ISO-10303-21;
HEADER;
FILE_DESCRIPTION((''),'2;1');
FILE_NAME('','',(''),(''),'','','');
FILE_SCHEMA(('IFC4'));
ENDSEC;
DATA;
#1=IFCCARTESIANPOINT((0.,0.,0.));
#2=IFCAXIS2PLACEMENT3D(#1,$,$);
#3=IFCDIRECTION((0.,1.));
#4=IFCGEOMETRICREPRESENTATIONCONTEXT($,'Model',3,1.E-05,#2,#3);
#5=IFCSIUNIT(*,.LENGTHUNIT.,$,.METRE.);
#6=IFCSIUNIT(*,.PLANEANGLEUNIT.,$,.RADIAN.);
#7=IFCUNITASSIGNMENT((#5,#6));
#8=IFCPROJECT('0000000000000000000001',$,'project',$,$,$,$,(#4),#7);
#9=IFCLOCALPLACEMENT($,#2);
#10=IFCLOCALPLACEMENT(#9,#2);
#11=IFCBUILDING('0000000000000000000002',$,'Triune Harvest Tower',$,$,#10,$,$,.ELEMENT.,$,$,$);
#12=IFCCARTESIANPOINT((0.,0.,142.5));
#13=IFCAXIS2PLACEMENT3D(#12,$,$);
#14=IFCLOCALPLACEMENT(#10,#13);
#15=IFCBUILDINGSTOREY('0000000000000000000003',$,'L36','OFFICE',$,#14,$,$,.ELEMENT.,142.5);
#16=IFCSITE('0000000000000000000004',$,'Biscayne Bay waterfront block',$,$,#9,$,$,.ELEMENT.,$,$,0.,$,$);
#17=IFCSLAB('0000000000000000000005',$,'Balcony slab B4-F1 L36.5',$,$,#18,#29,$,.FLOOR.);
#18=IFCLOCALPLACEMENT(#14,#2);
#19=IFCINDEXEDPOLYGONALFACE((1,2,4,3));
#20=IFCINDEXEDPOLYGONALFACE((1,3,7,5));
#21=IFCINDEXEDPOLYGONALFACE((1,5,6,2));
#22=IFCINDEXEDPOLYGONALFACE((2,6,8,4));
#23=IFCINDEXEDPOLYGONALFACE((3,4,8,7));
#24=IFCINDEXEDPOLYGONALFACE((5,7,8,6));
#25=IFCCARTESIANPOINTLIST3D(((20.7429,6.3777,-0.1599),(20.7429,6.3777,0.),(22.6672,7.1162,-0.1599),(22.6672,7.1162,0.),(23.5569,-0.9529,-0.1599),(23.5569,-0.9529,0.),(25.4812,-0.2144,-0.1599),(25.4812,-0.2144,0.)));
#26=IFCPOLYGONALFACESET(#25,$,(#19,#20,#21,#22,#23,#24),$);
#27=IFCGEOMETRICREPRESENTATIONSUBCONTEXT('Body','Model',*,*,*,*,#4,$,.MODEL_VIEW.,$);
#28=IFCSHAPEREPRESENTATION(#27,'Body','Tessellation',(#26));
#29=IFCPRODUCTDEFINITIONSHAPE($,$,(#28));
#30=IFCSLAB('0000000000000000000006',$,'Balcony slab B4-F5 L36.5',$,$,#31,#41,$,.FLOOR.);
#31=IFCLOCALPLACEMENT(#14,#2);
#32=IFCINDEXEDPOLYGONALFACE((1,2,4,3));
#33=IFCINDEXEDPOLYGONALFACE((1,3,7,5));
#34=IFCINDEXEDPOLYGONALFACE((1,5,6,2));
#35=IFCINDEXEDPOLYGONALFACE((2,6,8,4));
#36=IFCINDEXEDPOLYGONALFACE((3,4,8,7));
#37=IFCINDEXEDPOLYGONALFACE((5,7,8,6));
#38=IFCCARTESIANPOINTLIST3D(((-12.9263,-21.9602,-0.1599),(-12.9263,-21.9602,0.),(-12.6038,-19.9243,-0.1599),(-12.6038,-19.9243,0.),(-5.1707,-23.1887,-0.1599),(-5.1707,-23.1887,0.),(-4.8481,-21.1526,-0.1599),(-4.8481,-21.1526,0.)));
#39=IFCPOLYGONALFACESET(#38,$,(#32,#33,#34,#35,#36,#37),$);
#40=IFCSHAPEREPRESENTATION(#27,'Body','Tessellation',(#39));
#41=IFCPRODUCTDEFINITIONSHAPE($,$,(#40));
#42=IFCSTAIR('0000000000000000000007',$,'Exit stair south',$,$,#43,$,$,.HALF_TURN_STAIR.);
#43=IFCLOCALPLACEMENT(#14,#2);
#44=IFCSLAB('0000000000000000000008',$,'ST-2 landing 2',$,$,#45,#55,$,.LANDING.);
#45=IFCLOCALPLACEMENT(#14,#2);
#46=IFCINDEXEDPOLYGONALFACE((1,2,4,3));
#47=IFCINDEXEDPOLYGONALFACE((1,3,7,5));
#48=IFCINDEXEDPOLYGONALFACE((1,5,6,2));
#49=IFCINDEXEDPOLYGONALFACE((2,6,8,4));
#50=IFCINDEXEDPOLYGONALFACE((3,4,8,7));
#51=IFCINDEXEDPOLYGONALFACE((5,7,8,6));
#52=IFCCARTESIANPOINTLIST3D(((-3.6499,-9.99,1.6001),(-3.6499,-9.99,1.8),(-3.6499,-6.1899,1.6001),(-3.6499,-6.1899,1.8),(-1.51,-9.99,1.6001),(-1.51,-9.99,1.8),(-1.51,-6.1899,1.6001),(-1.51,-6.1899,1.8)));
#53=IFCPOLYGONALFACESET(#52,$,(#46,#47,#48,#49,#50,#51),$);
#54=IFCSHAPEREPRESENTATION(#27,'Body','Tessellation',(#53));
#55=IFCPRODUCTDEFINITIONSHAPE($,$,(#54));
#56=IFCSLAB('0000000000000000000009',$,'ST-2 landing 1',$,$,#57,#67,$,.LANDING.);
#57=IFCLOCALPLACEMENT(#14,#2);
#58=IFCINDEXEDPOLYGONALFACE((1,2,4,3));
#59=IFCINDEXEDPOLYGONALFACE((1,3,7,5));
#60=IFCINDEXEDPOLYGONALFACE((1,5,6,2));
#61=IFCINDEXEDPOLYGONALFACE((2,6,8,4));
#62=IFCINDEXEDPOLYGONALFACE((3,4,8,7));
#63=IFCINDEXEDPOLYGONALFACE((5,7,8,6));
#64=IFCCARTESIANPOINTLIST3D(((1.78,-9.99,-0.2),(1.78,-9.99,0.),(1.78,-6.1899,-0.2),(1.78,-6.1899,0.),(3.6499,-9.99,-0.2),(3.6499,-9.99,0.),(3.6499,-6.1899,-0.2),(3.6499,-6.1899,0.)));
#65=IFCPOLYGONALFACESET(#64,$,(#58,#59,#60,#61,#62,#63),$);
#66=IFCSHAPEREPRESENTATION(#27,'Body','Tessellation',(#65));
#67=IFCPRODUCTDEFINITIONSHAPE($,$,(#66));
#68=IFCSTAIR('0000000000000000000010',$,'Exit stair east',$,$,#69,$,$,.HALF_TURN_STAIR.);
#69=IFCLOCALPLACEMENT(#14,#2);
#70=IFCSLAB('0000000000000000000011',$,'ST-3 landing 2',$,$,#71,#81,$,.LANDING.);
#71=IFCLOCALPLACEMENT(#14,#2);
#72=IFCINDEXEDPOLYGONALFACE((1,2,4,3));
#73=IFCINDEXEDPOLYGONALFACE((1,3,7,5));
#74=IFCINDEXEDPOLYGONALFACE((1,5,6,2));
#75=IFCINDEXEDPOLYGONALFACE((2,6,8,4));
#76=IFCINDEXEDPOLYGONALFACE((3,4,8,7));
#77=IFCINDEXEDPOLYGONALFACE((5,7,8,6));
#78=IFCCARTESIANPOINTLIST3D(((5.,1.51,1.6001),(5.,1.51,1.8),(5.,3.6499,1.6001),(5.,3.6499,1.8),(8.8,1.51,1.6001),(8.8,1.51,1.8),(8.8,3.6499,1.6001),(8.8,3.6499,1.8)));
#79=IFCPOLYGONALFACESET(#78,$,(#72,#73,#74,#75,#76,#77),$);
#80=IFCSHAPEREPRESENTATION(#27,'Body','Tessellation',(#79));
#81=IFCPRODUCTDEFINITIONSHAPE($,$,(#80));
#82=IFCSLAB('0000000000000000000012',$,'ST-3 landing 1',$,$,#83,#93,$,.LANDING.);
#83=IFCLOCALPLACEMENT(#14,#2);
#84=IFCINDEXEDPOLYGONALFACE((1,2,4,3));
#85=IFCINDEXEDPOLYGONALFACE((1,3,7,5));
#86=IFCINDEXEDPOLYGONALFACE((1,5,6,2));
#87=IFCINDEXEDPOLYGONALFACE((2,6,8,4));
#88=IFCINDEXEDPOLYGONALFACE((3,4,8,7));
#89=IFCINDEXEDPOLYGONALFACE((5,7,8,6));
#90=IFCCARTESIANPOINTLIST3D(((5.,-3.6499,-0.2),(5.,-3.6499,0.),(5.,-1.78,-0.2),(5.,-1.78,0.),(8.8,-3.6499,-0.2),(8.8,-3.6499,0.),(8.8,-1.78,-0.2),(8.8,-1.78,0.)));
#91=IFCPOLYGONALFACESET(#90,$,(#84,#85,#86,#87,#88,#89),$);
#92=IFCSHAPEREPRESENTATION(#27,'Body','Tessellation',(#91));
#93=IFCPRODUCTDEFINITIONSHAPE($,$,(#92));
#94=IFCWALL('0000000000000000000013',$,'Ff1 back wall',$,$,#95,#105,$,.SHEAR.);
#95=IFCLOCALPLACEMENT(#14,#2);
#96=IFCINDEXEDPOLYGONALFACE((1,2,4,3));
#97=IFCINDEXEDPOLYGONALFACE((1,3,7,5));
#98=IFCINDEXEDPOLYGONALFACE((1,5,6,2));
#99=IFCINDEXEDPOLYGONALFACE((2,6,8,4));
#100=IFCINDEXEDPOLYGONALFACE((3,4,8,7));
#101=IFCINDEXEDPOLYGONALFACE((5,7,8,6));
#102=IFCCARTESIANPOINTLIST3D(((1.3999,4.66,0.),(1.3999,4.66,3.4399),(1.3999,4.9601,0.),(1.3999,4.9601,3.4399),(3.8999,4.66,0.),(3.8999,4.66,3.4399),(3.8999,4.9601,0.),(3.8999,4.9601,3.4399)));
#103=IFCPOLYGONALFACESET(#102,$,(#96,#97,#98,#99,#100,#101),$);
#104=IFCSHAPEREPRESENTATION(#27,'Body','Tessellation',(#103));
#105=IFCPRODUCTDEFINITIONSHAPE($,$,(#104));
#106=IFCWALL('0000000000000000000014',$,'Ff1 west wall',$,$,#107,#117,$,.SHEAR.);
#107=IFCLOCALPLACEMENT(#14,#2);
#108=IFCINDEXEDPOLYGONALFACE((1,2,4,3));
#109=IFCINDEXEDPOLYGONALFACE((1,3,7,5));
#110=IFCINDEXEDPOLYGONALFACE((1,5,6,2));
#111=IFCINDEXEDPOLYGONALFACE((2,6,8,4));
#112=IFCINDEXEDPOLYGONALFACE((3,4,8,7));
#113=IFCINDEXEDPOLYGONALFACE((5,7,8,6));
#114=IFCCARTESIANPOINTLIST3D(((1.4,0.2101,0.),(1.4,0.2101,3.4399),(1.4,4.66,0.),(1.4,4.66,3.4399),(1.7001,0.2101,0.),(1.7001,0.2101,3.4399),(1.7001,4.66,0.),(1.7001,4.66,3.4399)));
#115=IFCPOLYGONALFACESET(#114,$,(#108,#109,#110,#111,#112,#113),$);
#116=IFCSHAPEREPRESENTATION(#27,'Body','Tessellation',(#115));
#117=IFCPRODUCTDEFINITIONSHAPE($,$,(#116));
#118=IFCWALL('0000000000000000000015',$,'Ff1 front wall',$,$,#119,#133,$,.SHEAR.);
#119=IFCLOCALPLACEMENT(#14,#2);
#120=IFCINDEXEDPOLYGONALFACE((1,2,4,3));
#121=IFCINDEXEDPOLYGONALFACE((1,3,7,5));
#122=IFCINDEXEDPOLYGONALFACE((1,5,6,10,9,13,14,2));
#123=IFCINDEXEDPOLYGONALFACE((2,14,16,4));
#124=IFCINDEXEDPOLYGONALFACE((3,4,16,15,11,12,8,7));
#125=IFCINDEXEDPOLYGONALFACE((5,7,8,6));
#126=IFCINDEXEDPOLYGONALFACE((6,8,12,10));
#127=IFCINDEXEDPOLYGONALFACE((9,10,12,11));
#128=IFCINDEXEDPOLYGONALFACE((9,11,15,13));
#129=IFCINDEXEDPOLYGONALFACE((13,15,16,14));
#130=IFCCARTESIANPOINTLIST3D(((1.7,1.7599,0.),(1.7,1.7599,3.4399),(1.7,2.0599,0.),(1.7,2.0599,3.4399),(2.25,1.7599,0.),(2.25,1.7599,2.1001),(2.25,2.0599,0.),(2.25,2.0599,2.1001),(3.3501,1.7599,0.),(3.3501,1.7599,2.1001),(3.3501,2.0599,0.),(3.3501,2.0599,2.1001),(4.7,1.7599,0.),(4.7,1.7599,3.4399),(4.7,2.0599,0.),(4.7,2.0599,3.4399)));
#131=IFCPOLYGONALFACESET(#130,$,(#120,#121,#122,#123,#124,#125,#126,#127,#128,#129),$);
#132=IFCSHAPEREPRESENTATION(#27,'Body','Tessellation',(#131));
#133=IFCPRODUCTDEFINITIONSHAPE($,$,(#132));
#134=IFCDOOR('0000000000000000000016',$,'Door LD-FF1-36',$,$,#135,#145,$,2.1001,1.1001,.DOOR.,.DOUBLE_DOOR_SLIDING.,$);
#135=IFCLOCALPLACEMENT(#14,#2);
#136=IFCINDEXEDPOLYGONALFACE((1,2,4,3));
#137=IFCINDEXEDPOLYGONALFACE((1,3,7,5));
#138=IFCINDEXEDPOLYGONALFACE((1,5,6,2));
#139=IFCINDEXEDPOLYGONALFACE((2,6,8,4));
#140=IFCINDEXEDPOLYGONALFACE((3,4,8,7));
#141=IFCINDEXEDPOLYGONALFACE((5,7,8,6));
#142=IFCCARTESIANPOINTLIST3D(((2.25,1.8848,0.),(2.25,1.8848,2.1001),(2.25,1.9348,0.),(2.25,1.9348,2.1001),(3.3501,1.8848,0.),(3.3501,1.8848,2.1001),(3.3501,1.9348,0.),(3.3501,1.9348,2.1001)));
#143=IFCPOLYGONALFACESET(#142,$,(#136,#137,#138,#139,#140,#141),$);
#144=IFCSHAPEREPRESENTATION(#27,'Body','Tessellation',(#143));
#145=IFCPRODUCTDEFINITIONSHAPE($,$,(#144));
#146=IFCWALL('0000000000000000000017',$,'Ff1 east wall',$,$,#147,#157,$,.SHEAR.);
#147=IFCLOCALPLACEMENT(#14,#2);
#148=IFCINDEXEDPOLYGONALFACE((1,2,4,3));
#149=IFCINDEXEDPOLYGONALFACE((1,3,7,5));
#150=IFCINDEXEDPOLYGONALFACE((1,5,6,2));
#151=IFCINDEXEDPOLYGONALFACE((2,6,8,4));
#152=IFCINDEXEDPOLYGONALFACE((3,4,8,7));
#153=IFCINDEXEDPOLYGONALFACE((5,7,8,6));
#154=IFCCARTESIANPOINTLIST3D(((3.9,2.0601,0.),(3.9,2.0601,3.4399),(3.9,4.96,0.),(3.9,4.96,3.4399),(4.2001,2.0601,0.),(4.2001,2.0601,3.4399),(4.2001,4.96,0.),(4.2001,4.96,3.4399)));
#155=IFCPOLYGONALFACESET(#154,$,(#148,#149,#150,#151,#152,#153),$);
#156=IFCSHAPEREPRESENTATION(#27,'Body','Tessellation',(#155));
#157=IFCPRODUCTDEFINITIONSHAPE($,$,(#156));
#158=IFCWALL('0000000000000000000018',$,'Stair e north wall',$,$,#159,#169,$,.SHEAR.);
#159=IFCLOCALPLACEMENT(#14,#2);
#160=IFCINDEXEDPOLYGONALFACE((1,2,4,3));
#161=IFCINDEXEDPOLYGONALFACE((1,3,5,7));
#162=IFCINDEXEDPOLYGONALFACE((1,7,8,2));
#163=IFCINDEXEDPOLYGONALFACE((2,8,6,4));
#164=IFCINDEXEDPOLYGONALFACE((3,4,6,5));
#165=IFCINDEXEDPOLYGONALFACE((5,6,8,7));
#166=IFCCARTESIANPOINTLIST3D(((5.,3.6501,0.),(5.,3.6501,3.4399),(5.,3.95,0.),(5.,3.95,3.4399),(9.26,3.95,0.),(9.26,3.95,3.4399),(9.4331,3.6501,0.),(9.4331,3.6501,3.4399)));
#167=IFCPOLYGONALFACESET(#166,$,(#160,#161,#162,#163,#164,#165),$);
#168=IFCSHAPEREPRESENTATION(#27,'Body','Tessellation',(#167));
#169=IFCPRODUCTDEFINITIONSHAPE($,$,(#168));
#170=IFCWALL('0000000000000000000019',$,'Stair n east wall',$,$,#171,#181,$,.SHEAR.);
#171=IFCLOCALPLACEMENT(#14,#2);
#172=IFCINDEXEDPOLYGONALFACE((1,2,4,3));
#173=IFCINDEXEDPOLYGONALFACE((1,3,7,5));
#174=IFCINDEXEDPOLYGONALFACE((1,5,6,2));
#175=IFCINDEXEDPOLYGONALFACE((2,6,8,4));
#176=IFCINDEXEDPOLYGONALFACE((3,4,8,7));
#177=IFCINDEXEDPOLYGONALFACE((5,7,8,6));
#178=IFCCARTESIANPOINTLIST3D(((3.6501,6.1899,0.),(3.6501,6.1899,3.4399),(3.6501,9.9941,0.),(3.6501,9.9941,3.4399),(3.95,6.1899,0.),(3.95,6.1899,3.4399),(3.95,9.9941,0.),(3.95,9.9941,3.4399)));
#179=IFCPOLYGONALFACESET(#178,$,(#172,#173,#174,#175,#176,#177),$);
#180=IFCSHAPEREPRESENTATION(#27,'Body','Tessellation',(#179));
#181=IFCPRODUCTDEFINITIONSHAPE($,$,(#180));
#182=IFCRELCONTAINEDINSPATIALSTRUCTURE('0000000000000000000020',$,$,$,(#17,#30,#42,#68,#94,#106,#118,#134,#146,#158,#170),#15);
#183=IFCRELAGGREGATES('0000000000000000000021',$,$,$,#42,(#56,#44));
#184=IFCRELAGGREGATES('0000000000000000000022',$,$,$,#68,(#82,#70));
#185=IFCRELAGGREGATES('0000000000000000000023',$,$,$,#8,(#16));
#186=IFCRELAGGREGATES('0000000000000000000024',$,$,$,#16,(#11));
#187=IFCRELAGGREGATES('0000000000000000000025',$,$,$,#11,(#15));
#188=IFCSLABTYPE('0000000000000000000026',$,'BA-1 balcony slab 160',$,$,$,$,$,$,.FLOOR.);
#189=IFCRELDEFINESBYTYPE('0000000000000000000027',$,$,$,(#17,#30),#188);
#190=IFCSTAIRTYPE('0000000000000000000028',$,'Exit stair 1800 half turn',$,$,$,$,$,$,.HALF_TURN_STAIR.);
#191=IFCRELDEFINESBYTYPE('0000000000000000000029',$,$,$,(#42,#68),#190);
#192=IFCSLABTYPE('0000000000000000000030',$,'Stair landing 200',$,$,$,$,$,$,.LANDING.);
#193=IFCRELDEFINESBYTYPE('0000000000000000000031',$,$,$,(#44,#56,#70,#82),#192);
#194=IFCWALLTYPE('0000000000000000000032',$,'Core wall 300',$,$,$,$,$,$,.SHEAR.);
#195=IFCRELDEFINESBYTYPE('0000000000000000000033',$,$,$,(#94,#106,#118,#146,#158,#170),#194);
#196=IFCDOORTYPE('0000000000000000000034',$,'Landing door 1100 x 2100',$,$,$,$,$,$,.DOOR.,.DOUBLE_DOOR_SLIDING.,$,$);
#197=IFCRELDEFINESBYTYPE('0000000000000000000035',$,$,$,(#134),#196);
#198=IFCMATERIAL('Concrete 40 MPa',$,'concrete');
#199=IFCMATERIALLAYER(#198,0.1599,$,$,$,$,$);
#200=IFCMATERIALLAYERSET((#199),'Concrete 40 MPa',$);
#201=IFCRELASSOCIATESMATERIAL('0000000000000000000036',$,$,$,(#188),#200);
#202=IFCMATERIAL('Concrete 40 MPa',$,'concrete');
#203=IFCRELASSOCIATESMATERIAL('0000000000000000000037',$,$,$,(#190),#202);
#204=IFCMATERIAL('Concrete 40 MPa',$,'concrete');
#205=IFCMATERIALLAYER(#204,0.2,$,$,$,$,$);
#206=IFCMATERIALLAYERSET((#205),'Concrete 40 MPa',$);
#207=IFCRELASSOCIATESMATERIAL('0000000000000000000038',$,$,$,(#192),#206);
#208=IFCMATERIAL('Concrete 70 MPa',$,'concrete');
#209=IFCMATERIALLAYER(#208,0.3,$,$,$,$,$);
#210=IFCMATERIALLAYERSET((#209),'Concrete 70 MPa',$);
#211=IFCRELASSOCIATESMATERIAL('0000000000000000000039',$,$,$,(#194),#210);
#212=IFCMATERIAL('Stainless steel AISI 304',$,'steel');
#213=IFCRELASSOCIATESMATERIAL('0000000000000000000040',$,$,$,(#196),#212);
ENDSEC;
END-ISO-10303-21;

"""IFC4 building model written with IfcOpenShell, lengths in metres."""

from ifc_helpers import new_model, si_unit, direction, frame, frame_2d, origin, place, context, subcontext, project, spatial, polyline, rectangle, outline, extrude, source, transform, mapped, material, layer, layer_set, type_object, element, fill, aggregate, save


model = new_model("IFC4")

# Units and contexts
model_context = context("Model", 3, precision=1e-05, world=origin(), true_north=direction((0.0, 1.0)))
body_context = subcontext(model_context, "Body", "Model", "MODEL_VIEW")
ifc_project = project(units=[si_unit("LENGTHUNIT", "METRE"), si_unit("PLANEANGLEUNIT", "RADIAN")], contexts=[model_context])

# Site, building, storey
site_placement = place(None, origin())
site = spatial("IfcSite", under=ifc_project, at=site_placement, Name="Biscayne Bay waterfront block", CompositionType="ELEMENT", RefElevation=0.0)
building_placement = place(site_placement, origin())
building = spatial("IfcBuilding", under=site, at=building_placement, Name="Triune Harvest Tower", CompositionType="ELEMENT")
storey_placement = place(building_placement, frame((0.0, 0.0, 142.5)))
storey = spatial("IfcBuildingStorey", under=building, at=storey_placement, Name="L36", Description="OFFICE", CompositionType="ELEMENT", Elevation=142.5)

# Slabs
ifc_material_1 = material(Name="Concrete 40 MPa", Category="concrete")
ifc_layer_1 = layer(ifc_material_1, 0.1599)
ifc_layer_set_1 = layer_set([ifc_layer_1], Name="Concrete 40 MPa")
slab_type_1 = type_object("IfcSlabType", Name="BA-1 balcony slab 160", PredefinedType="FLOOR", material=ifc_layer_set_1)
slab_1_placement = place(storey_placement, frame((0.0, 0.0, -0.1599)))
element("IfcSlab", 1, at=slab_1_placement, inside=storey, type_object=slab_type_1, Name="Balcony slab B4-F1 L36.5", PredefinedType="FLOOR", context=body_context, shape_type="SweptSolid", body=[
    extrude(outline(polyline([(23.5569, -0.9529), (20.7429, 6.3777), (22.6672, 7.1162), (25.4812, -0.2144), (23.5569, -0.9529)])), origin(), (0.0, 0.0, 1.0), 0.1599),
])
slab_2_placement = place(storey_placement, frame((0.0, 0.0, -0.1599)))
element("IfcSlab", 2, at=slab_2_placement, inside=storey, type_object=slab_type_1, Name="Balcony slab B4-F5 L36.5", PredefinedType="FLOOR", context=body_context, shape_type="SweptSolid", body=[
    extrude(outline(polyline([(-12.6038, -19.9243), (-4.8481, -21.1526), (-5.1707, -23.1887), (-12.9263, -21.9602), (-12.6038, -19.9243)])), origin(), (0.0, 0.0, 1.0), 0.1599),
])

# Stairs, slabs
ifc_material_2 = material(Name="Concrete 40 MPa", Category="concrete")
stair_type = type_object("IfcStairType", Name="Exit stair 1800 half turn", PredefinedType="HALF_TURN_STAIR", material=ifc_material_2)
stair_1_placement = place(storey_placement, origin())
stair_1 = element("IfcStair", 3, at=stair_1_placement, inside=storey, type_object=stair_type, Name="Exit stair south", PredefinedType="HALF_TURN_STAIR")
ifc_material_3 = material(Name="Concrete 40 MPa", Category="concrete")
ifc_layer_2 = layer(ifc_material_3, 0.2)
ifc_layer_set_2 = layer_set([ifc_layer_2], Name="Concrete 40 MPa")
slab_type_2 = type_object("IfcSlabType", Name="Stair landing 200", PredefinedType="LANDING", material=ifc_layer_set_2)
shared_shape_1 = source(origin(), body_context, "Body", "SweptSolid", [
    extrude(outline(polyline([(-1.51, -6.1899), (-3.6499, -6.1899), (-3.6499, -9.99), (-1.51, -9.99), (-1.51, -6.1899)])), origin(), (0.0, 0.0, 1.0), 0.2),
])
slab_3_placement = place(storey_placement, frame((0.0, 0.0, 1.6001)))
slab_3 = element("IfcSlab", 4, at=slab_3_placement, type_object=slab_type_2, Name="ST-2 landing 2", PredefinedType="LANDING", context=body_context, shape_type="MappedRepresentation", body=[
    mapped(shared_shape_1, transform((0.0, 0.0, 0.0), scale=1.0)),
])
shared_shape_2 = source(origin(), body_context, "Body", "SweptSolid", [
    extrude(outline(polyline([(3.6499, -6.1899), (1.78, -6.1899), (1.78, -9.99), (3.6499, -9.99), (3.6499, -6.1899)])), origin(), (0.0, 0.0, 1.0), 0.2),
])
slab_4_placement = place(storey_placement, frame((0.0, 0.0, -0.2)))
slab_4 = element("IfcSlab", 5, at=slab_4_placement, type_object=slab_type_2, Name="ST-2 landing 1", PredefinedType="LANDING", context=body_context, shape_type="MappedRepresentation", body=[
    mapped(shared_shape_2, transform((0.0, 0.0, 0.0), scale=1.0)),
])
aggregate(stair_1, [slab_4, slab_3])
stair_2_placement = place(storey_placement, origin())
stair_2 = element("IfcStair", 6, at=stair_2_placement, inside=storey, type_object=stair_type, Name="Exit stair east", PredefinedType="HALF_TURN_STAIR")
shared_shape_3 = source(origin(), body_context, "Body", "SweptSolid", [
    extrude(outline(polyline([(8.8, 1.51), (8.8, 3.6499), (5.0, 3.6499), (5.0, 1.51), (8.8, 1.51)])), origin(), (0.0, 0.0, 1.0), 0.2),
])
slab_5_placement = place(storey_placement, frame((0.0, 0.0, 1.6001)))
slab_5 = element("IfcSlab", 7, at=slab_5_placement, type_object=slab_type_2, Name="ST-3 landing 2", PredefinedType="LANDING", context=body_context, shape_type="MappedRepresentation", body=[
    mapped(shared_shape_3, transform((0.0, 0.0, 0.0), scale=1.0)),
])
shared_shape_4 = source(origin(), body_context, "Body", "SweptSolid", [
    extrude(outline(polyline([(8.8, -3.6499), (8.8, -1.78), (5.0, -1.78), (5.0, -3.6499), (8.8, -3.6499)])), origin(), (0.0, 0.0, 1.0), 0.2),
])
slab_6_placement = place(storey_placement, frame((0.0, 0.0, -0.2)))
slab_6 = element("IfcSlab", 8, at=slab_6_placement, type_object=slab_type_2, Name="ST-3 landing 1", PredefinedType="LANDING", context=body_context, shape_type="MappedRepresentation", body=[
    mapped(shared_shape_4, transform((0.0, 0.0, 0.0), scale=1.0)),
])

# Walls
ifc_material_4 = material(Name="Concrete 70 MPa", Category="concrete")
ifc_layer_3 = layer(ifc_material_4, 0.3)
ifc_layer_set_3 = layer_set([ifc_layer_3], Name="Concrete 70 MPa")
wall_type_1 = type_object("IfcWallType", Name="Core wall 300", PredefinedType="SHEAR", material=ifc_layer_set_3)
shared_shape_5 = source(origin(), body_context, "Body", "SweptSolid", [
    extrude(rectangle(XDim=2.5, YDim=0.3, at=frame_2d((1.25, 0.0))), origin(), (0.0, 0.0, 1.0), 3.4399),
])
wall_1_placement = place(storey_placement, frame((1.3999, 4.8101, 0.0), z_axis=(0.0, 0.0, 1.0), x_axis=(1.0, 0.0, 0.0)))
element("IfcWall", 9, at=wall_1_placement, inside=storey, type_object=wall_type_1, Name="Ff1 back wall", PredefinedType="SHEAR", context=body_context, shape_type="MappedRepresentation", body=[
    mapped(shared_shape_5, transform((0.0, 0.0, 0.0), scale=1.0)),
])
shared_shape_6 = source(origin(), body_context, "Body", "SweptSolid", [
    extrude(rectangle(XDim=4.45, YDim=0.3, at=frame_2d((2.2251, 0.0))), origin(), (0.0, 0.0, 1.0), 3.4399),
])
wall_2_placement = place(storey_placement, frame((1.55, 0.21, 0.0), z_axis=(0.0, 0.0, 1.0), x_axis=(0.0, 1.0, 0.0)))
element("IfcWall", 10, at=wall_2_placement, inside=storey, type_object=wall_type_1, Name="Ff1 west wall", PredefinedType="SHEAR", context=body_context, shape_type="MappedRepresentation", body=[
    mapped(shared_shape_6, transform((0.0, 0.0, 0.0), scale=1.0)),
])

# Wall, opening, door
shared_shape_7 = source(origin(), body_context, "Body", "SweptSolid", [
    extrude(rectangle(XDim=3.0, YDim=0.3, at=frame_2d((1.5, 0.0))), origin(), (0.0, 0.0, 1.0), 3.4399),
])
wall_3_placement = place(storey_placement, frame((1.7, 1.9099, 0.0), z_axis=(0.0, 0.0, 1.0), x_axis=(1.0, 0.0, 0.0)))
wall_3 = element("IfcWall", 11, at=wall_3_placement, inside=storey, type_object=wall_type_1, Name="Ff1 front wall", PredefinedType="SHEAR", context=body_context, shape_type="MappedRepresentation", body=[
    mapped(shared_shape_7, transform((0.0, 0.0, 0.0), scale=1.0)),
])
opening_1_placement = place(wall_3_placement, frame((0.55, 0.0, 0.0)))
opening_1 = element("IfcOpeningElement", 12, at=opening_1_placement, cuts=wall_3, PredefinedType="OPENING", context=body_context, shape_type="SweptSolid", body=[
    extrude(rectangle(XDim=1.1001, YDim=2.1001, at=frame_2d((0.55, 1.05))), frame((0.0, 0.1602, 0.0), z_axis=(0.0, -1.0, 0.0), x_axis=(1.0, 0.0, 0.0)), (0.0, 0.0, 1.0), 0.3201),
])
ifc_material_5 = material(Name="Stainless steel AISI 304", Category="steel")
door_type_1 = type_object("IfcDoorType", Name="Landing door 1100 x 2100", OperationType="DOUBLE_DOOR_SLIDING", PredefinedType="DOOR", material=ifc_material_5)
door_1_placement = place(opening_1_placement, origin())
door_1 = element("IfcDoor", 13, at=door_1_placement, inside=storey, type_object=door_type_1, Name="Door LD-FF1-36", OperationType="DOUBLE_DOOR_SLIDING", OverallHeight=2.1001, OverallWidth=1.1001, PredefinedType="DOOR", context=body_context, shape_type="SweptSolid", body=[
    extrude(rectangle(XDim=1.1001, YDim=2.1001, at=frame_2d((0.55, 1.05))), frame((0.0, 0.0249, 0.0), z_axis=(0.0, -1.0, 0.0), x_axis=(1.0, 0.0, 0.0)), (0.0, 0.0, 1.0), 0.05),
])
fill(opening_1, door_1)

# Walls
shared_shape_8 = source(origin(), body_context, "Body", "SweptSolid", [
    extrude(rectangle(XDim=2.8999, YDim=0.3, at=frame_2d((1.45, 0.0))), origin(), (0.0, 0.0, 1.0), 3.4399),
])
wall_4_placement = place(storey_placement, frame((4.05, 2.0601, 0.0), z_axis=(0.0, 0.0, 1.0), x_axis=(0.0, 1.0, 0.0)))
element("IfcWall", 14, at=wall_4_placement, inside=storey, type_object=wall_type_1, Name="Ff1 east wall", PredefinedType="SHEAR", context=body_context, shape_type="MappedRepresentation", body=[
    mapped(shared_shape_8, transform((0.0, 0.0, 0.0), scale=1.0)),
])
shared_shape_9 = source(origin(), body_context, "Body", "SweptSolid", [
    extrude(outline(polyline([(0.0, -0.1499), (0.0, 0.1499), (4.26, 0.1499), (4.4331, -0.1499), (0.0, -0.1499)])), origin(), (0.0, 0.0, 1.0), 3.4399),
])
wall_5_placement = place(storey_placement, frame((5.0, 3.8, 0.0), z_axis=(0.0, 0.0, 1.0), x_axis=(1.0, 0.0, 0.0)))
element("IfcWall", 15, at=wall_5_placement, inside=storey, type_object=wall_type_1, Name="Stair e north wall", PredefinedType="SHEAR", context=body_context, shape_type="MappedRepresentation", body=[
    mapped(shared_shape_9, transform((0.0, 0.0, 0.0), scale=1.0)),
])
shared_shape_10 = source(origin(), body_context, "Body", "SweptSolid", [
    extrude(outline(polyline([(0.0, -0.1499), (0.0, 0.1499), (3.8042, 0.1499), (3.8042, -0.1499), (0.0, -0.1499)])), origin(), (0.0, 0.0, 1.0), 3.4399),
])
wall_6_placement = place(storey_placement, frame((3.8, 6.1899, 0.0), z_axis=(0.0, 0.0, 1.0), x_axis=(0.0, 1.0, 0.0)))
element("IfcWall", 16, at=wall_6_placement, inside=storey, type_object=wall_type_1, Name="Stair n east wall", PredefinedType="SHEAR", context=body_context, shape_type="MappedRepresentation", body=[
    mapped(shared_shape_10, transform((0.0, 0.0, 0.0), scale=1.0)),
])

aggregate(stair_2, [slab_6, slab_5])

save(model, "model.ifc")
